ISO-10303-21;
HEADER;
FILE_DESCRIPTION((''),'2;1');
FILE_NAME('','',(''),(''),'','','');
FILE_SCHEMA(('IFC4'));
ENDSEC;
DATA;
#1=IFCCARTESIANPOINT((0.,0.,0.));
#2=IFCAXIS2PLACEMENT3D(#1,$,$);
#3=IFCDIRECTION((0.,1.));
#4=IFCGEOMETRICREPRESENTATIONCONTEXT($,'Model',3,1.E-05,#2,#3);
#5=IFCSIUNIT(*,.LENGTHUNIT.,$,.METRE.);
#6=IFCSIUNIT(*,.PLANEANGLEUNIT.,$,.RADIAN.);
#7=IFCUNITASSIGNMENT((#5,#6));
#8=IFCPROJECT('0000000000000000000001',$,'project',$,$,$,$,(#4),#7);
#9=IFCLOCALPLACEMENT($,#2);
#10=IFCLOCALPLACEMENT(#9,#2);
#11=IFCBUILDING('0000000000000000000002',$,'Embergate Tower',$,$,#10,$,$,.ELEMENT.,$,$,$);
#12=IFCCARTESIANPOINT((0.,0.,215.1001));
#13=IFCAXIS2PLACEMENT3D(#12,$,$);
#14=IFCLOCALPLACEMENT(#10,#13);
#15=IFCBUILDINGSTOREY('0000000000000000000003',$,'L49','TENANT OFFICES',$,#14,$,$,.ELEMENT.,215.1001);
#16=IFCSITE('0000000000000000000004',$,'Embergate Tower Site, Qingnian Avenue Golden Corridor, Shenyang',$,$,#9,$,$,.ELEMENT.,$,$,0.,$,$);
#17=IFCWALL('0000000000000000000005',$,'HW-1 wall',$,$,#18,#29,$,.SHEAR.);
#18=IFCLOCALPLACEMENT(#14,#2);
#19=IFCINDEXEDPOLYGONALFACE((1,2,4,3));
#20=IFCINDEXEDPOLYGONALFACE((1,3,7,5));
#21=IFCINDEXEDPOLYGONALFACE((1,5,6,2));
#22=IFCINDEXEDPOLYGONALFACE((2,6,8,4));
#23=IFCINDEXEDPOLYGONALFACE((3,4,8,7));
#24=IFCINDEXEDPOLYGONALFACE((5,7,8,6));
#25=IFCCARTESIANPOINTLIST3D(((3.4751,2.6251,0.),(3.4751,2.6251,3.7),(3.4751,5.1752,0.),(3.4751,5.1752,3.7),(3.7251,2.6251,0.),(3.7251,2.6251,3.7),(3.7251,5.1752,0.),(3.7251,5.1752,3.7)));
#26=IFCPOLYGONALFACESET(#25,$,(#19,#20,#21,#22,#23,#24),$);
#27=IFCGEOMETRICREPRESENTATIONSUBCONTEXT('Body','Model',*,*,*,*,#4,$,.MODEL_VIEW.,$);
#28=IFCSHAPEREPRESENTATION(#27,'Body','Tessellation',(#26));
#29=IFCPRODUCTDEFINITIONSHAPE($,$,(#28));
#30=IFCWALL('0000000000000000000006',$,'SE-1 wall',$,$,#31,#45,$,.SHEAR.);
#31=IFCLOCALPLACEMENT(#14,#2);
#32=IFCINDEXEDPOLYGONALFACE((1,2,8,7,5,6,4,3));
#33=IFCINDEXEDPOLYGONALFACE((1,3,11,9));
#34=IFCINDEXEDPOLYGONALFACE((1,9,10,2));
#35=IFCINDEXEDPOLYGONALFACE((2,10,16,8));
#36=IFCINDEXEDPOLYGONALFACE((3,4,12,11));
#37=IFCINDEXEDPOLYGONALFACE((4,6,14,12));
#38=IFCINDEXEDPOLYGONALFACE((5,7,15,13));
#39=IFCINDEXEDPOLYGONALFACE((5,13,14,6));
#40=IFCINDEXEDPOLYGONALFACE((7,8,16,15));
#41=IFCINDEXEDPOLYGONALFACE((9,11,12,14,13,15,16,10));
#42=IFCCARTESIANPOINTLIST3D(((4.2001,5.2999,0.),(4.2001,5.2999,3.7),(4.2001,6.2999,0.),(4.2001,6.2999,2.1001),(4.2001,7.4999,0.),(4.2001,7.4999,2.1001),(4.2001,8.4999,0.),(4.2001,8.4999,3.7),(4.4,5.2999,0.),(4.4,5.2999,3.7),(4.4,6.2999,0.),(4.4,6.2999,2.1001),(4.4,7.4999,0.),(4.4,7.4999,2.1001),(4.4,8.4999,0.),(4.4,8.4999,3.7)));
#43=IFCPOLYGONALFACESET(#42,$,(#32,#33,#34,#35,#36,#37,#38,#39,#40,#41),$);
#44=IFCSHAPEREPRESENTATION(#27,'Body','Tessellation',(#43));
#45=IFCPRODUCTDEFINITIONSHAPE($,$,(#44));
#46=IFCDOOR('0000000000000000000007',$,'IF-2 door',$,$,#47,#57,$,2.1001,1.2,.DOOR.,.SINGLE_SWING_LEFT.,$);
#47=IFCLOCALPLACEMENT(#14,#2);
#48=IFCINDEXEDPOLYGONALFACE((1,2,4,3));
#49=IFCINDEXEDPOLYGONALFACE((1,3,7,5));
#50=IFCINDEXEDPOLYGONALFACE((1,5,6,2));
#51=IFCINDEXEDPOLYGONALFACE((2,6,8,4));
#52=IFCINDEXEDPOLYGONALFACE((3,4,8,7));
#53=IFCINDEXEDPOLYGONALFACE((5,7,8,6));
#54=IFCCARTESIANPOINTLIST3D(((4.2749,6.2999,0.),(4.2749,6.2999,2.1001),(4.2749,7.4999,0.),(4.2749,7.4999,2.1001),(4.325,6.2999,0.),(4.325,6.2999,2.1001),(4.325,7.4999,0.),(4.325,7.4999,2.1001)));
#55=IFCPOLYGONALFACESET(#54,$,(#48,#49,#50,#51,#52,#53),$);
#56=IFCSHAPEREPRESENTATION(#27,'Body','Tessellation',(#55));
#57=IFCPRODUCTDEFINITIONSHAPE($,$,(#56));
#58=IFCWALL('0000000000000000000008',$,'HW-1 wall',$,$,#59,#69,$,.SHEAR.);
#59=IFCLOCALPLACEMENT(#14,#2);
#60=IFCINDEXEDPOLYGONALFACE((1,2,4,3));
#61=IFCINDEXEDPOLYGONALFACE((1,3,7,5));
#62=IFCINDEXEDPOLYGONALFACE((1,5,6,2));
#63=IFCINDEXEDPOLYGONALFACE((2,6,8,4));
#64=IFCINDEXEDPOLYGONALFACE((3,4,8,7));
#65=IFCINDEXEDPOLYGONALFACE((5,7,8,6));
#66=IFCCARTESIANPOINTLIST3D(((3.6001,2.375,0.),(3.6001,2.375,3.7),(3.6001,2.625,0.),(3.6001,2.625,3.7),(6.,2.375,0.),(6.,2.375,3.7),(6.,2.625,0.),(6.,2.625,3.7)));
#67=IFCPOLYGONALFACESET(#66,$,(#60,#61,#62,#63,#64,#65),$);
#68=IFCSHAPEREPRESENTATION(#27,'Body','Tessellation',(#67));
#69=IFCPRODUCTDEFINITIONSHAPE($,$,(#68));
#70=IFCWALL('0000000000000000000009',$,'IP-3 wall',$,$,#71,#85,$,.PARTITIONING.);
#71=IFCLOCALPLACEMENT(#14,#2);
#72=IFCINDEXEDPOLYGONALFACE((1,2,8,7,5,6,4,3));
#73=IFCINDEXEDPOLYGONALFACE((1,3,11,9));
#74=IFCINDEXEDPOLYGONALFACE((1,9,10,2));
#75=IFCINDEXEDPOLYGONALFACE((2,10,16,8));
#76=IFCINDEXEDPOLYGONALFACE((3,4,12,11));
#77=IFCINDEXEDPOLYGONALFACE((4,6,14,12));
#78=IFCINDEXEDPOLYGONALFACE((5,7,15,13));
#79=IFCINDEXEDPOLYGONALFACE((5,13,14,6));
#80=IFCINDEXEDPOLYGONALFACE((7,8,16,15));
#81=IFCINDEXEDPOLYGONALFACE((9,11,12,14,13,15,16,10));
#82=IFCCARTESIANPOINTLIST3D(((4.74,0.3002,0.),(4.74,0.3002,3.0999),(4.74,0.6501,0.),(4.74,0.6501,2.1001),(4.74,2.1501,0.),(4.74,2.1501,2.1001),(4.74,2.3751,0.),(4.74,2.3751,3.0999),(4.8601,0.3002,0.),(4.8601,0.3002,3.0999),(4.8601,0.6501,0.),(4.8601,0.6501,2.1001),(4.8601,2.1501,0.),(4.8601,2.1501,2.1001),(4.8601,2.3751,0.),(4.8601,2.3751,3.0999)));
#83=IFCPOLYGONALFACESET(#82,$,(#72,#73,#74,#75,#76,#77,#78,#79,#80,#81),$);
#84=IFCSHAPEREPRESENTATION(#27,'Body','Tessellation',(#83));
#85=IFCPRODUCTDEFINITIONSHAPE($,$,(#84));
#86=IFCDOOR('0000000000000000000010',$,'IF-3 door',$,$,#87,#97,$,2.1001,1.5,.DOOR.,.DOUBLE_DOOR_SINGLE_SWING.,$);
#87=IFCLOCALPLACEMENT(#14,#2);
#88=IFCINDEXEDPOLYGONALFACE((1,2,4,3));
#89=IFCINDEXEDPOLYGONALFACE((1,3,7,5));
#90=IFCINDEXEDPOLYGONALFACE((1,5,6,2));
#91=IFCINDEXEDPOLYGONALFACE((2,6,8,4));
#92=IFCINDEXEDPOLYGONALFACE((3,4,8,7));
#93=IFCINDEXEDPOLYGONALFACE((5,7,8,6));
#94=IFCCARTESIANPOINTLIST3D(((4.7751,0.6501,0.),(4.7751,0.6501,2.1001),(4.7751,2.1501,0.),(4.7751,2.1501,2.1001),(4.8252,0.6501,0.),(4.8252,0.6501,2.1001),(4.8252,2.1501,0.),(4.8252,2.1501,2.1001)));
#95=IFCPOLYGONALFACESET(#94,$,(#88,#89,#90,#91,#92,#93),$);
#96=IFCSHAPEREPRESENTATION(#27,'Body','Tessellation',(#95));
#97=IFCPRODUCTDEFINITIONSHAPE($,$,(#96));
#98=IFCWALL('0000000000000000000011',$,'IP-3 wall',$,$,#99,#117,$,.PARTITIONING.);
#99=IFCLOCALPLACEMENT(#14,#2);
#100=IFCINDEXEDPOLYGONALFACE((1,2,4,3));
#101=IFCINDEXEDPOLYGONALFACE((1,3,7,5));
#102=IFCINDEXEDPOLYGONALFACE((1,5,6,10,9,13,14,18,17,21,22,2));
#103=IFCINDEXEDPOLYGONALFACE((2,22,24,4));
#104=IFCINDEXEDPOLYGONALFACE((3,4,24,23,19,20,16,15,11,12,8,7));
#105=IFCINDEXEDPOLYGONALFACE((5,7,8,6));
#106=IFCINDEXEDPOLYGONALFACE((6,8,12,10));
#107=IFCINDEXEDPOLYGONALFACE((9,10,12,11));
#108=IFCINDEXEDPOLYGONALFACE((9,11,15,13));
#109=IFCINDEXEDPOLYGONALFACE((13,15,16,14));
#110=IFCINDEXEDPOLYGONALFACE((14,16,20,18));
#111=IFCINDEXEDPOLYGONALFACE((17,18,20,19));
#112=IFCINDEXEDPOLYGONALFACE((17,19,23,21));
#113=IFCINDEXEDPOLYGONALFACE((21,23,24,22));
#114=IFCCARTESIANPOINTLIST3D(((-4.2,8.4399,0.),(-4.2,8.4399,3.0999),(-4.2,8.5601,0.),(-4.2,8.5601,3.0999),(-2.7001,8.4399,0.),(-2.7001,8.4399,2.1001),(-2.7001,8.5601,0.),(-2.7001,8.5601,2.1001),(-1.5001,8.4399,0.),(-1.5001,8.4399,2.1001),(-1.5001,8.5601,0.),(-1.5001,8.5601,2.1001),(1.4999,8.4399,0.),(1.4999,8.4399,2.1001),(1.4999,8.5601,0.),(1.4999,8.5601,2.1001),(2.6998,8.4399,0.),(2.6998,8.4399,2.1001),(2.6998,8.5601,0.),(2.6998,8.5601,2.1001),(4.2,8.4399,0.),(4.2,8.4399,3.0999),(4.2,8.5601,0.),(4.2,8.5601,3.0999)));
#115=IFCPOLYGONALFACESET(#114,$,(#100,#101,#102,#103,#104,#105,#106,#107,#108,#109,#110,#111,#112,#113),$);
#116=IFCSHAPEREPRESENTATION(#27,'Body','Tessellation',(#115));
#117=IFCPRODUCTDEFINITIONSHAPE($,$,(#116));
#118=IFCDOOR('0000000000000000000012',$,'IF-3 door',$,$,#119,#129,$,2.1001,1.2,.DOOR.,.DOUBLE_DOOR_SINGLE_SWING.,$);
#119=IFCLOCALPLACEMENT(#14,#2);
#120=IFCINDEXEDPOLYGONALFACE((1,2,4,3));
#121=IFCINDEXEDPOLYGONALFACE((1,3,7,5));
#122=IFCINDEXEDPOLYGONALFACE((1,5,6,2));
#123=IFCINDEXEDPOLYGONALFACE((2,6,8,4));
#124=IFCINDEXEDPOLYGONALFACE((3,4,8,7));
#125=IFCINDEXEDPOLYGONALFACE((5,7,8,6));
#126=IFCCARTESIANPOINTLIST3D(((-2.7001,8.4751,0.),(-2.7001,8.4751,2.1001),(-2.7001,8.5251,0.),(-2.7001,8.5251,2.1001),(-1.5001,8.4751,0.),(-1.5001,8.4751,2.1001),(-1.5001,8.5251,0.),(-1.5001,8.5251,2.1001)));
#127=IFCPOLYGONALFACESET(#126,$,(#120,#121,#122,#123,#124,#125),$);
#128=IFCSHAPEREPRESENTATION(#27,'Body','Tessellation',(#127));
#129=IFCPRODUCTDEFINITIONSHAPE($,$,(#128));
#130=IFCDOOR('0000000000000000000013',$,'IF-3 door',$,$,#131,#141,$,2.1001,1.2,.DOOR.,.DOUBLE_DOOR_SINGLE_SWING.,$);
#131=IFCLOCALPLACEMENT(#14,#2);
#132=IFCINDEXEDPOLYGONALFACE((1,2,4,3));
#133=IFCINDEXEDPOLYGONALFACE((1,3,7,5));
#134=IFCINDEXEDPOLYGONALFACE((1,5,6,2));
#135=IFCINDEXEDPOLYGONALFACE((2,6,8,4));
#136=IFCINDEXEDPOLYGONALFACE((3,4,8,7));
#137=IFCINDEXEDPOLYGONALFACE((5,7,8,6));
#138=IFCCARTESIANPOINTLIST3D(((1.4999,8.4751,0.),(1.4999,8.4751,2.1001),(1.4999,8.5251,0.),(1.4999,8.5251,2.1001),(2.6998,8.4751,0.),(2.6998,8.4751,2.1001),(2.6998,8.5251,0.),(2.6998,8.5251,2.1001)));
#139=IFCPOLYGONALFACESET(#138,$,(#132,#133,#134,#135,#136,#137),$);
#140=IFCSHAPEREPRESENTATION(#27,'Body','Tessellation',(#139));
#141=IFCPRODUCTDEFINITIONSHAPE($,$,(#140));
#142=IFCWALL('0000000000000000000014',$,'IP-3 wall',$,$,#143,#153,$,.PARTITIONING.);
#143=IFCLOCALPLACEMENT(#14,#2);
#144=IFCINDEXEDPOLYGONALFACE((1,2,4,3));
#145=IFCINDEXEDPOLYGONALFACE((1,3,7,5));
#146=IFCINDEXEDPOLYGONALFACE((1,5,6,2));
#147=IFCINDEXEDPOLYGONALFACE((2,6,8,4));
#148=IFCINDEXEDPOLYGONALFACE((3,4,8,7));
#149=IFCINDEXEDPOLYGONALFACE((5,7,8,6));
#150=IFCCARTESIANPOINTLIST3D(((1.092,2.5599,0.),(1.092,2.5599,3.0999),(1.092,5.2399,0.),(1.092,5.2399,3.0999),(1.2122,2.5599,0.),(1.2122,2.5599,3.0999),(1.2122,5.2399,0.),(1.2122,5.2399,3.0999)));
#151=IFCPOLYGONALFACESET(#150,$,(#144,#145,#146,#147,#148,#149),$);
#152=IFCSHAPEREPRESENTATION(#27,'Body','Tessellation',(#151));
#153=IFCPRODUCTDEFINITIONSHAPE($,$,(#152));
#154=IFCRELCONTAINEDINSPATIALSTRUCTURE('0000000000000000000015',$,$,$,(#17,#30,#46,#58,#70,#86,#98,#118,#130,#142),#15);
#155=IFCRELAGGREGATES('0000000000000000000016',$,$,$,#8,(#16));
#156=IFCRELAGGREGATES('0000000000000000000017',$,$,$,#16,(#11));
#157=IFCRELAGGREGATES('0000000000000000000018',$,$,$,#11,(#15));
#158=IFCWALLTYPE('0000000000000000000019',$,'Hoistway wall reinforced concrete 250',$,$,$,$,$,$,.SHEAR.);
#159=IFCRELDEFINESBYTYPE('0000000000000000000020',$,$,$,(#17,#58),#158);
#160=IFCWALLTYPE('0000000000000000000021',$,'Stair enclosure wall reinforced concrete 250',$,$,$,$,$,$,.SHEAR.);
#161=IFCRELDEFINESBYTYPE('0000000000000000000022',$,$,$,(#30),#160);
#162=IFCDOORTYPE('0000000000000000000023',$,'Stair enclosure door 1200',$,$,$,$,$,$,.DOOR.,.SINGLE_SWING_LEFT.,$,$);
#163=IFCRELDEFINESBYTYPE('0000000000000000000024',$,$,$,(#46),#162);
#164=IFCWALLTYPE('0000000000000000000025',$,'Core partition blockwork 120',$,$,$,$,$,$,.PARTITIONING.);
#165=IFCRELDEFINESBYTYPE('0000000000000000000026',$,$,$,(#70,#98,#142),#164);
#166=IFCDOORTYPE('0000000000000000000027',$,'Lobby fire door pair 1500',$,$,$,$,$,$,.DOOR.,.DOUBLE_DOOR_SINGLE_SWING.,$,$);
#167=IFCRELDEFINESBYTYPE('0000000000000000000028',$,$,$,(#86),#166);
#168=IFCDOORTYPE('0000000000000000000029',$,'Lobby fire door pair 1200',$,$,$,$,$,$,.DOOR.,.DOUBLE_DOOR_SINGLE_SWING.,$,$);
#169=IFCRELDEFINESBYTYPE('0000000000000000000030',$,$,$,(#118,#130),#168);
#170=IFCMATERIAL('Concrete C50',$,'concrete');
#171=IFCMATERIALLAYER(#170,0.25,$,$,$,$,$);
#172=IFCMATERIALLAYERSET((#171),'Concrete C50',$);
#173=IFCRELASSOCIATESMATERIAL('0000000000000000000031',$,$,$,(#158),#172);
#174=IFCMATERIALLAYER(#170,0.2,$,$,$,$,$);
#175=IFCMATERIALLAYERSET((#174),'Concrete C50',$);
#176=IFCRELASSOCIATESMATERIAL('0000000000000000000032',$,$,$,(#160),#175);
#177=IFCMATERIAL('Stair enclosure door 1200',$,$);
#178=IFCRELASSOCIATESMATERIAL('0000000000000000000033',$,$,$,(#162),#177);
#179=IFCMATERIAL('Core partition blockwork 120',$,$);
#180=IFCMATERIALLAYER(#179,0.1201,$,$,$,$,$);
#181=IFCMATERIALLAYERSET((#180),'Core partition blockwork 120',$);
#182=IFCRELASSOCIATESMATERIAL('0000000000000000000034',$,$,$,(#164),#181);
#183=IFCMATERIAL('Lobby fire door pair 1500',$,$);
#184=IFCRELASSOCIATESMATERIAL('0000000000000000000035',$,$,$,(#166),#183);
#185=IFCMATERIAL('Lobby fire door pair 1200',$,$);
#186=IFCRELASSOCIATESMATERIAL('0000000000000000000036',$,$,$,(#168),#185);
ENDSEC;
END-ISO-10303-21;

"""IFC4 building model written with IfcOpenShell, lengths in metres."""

from ifc_helpers import new_model, si_unit, direction, frame, frame_2d, origin, place, context, subcontext, project, spatial, rectangle, extrude, source, transform, mapped, material, layer, layer_set, type_object, element, fill, save


model = new_model("IFC4")

# Units and contexts
model_context = context("Model", 3, precision=1e-05, world=origin(), true_north=direction((0.0, 1.0)))
body_context = subcontext(model_context, "Body", "Model", "MODEL_VIEW")
ifc_project = project(units=[si_unit("LENGTHUNIT", "METRE"), si_unit("PLANEANGLEUNIT", "RADIAN")], contexts=[model_context])

# Site, building, storey
site_placement = place(None, origin())
site = spatial("IfcSite", under=ifc_project, at=site_placement, Name="Embergate Tower Site, Qingnian Avenue Golden Corridor, Shenyang", CompositionType="ELEMENT", RefElevation=0.0)
building_placement = place(site_placement, origin())
building = spatial("IfcBuilding", under=site, at=building_placement, Name="Embergate Tower", CompositionType="ELEMENT")
storey_placement = place(building_placement, frame((0.0, 0.0, 215.1001)))
storey = spatial("IfcBuildingStorey", under=building, at=storey_placement, Name="L49", Description="TENANT OFFICES", CompositionType="ELEMENT", Elevation=215.1001)

# Wall
ifc_material_1 = material(Name="Concrete C50", Category="concrete")
ifc_layer_1 = layer(ifc_material_1, 0.25)
ifc_layer_set_1 = layer_set([ifc_layer_1], Name="Concrete C50")
wall_type_1 = type_object("IfcWallType", Name="Hoistway wall reinforced concrete 250", PredefinedType="SHEAR", material=ifc_layer_set_1)
shared_shape_1 = source(origin(), body_context, "Body", "SweptSolid", [
    extrude(rectangle(XDim=2.55, YDim=0.25, at=frame_2d((1.2749, 0.0))), origin(), (0.0, 0.0, 1.0), 3.7),
])
wall_1_placement = place(storey_placement, frame((3.6001, 5.175, 0.0), z_axis=(0.0, 0.0, 1.0), x_axis=(0.0, -1.0, 0.0)))
element("IfcWall", 1, at=wall_1_placement, inside=storey, type_object=wall_type_1, Name="HW-1 wall", PredefinedType="SHEAR", context=body_context, shape_type="MappedRepresentation", body=[
    mapped(shared_shape_1, transform((0.0, 0.0, 0.0))),
])

# Wall, opening, door
ifc_layer_2 = layer(ifc_material_1, 0.2)
ifc_layer_set_2 = layer_set([ifc_layer_2], Name="Concrete C50")
wall_type_2 = type_object("IfcWallType", Name="Stair enclosure wall reinforced concrete 250", PredefinedType="SHEAR", material=ifc_layer_set_2)
shared_shape_2 = source(origin(), body_context, "Body", "SweptSolid", [
    extrude(rectangle(XDim=3.2, YDim=0.2, at=frame_2d((1.6001, 0.0))), origin(), (0.0, 0.0, 1.0), 3.7),
])
wall_2_placement = place(storey_placement, frame((4.3, 8.5, 0.0), z_axis=(0.0, 0.0, 1.0), x_axis=(0.0, -1.0, 0.0)))
wall_2 = element("IfcWall", 2, at=wall_2_placement, inside=storey, type_object=wall_type_2, Name="SE-1 wall", PredefinedType="SHEAR", context=body_context, shape_type="MappedRepresentation", body=[
    mapped(shared_shape_2, transform((0.0, 0.0, 0.0))),
])
shared_shape_3 = source(origin(), body_context, "Body", "SweptSolid", [
    extrude(rectangle(XDim=1.2, YDim=2.1001, at=frame_2d((0.6001, 1.05))), frame((0.0, 0.1099, 0.0), z_axis=(0.0, -1.0, 0.0), x_axis=(1.0, 0.0, 0.0)), (0.0, 0.0, 1.0), 0.22),
])
opening_1_placement = place(wall_2_placement, frame((1.0, 0.0, 0.0)))
opening_1 = element("IfcOpeningElement", 3, at=opening_1_placement, cuts=wall_2, PredefinedType="OPENING", context=body_context, shape_type="MappedRepresentation", body=[
    mapped(shared_shape_3, transform((0.0, 0.0, 0.0))),
])
ifc_material_2 = material(Name="Stair enclosure door 1200")
door_type_1 = type_object("IfcDoorType", Name="Stair enclosure door 1200", OperationType="SINGLE_SWING_LEFT", PredefinedType="DOOR", material=ifc_material_2)
shared_shape_4 = source(origin(), body_context, "Body", "SweptSolid", [
    extrude(rectangle(XDim=1.2, YDim=2.1001, at=frame_2d((0.6001, 1.05))), frame((0.0, 0.0249, 0.0), z_axis=(0.0, -1.0, 0.0), x_axis=(1.0, 0.0, 0.0)), (0.0, 0.0, 1.0), 0.05),
])
door_1_placement = place(opening_1_placement, origin())
door_1 = element("IfcDoor", 4, at=door_1_placement, inside=storey, type_object=door_type_1, Name="IF-2 door", OperationType="SINGLE_SWING_LEFT", OverallHeight=2.1001, OverallWidth=1.2, PredefinedType="DOOR", context=body_context, shape_type="MappedRepresentation", body=[
    mapped(shared_shape_4, transform((0.0, 0.0, 0.0))),
])
fill(opening_1, door_1)

# Wall
shared_shape_5 = source(origin(), body_context, "Body", "SweptSolid", [
    extrude(rectangle(XDim=2.3999, YDim=0.25, at=frame_2d((1.2, 0.0))), origin(), (0.0, 0.0, 1.0), 3.7),
])
wall_3_placement = place(storey_placement, frame((3.6001, 2.5, 0.0), z_axis=(0.0, 0.0, 1.0), x_axis=(1.0, 0.0, 0.0)))
element("IfcWall", 5, at=wall_3_placement, inside=storey, type_object=wall_type_1, Name="HW-1 wall", PredefinedType="SHEAR", context=body_context, shape_type="MappedRepresentation", body=[
    mapped(shared_shape_5, transform((0.0, 0.0, 0.0))),
])

# Wall, opening, door
ifc_material_3 = material(Name="Core partition blockwork 120")
ifc_layer_3 = layer(ifc_material_3, 0.1201)
ifc_layer_set_3 = layer_set([ifc_layer_3], Name="Core partition blockwork 120")
wall_type_3 = type_object("IfcWallType", Name="Core partition blockwork 120", PredefinedType="PARTITIONING", material=ifc_layer_set_3)
shared_shape_6 = source(origin(), body_context, "Body", "SweptSolid", [
    extrude(rectangle(XDim=2.075, YDim=0.1201, at=frame_2d((1.0376, 0.0))), origin(), (0.0, 0.0, 1.0), 3.0999),
])
wall_4_placement = place(storey_placement, frame((4.8, 0.3, 0.0), z_axis=(0.0, 0.0, 1.0), x_axis=(0.0, 1.0, 0.0)))
wall_4 = element("IfcWall", 6, at=wall_4_placement, inside=storey, type_object=wall_type_3, Name="IP-3 wall", PredefinedType="PARTITIONING", context=body_context, shape_type="MappedRepresentation", body=[
    mapped(shared_shape_6, transform((0.0, 0.0, 0.0))),
])
shared_shape_7 = source(origin(), body_context, "Body", "SweptSolid", [
    extrude(rectangle(XDim=1.5, YDim=2.1001, at=frame_2d((0.75, 1.05))), frame((0.0, 0.0701, 0.0), z_axis=(0.0, -1.0, 0.0), x_axis=(1.0, 0.0, 0.0)), (0.0, 0.0, 1.0), 0.1401),
])
opening_2_placement = place(wall_4_placement, frame((0.3501, 0.0, 0.0)))
opening_2 = element("IfcOpeningElement", 7, at=opening_2_placement, cuts=wall_4, PredefinedType="OPENING", context=body_context, shape_type="MappedRepresentation", body=[
    mapped(shared_shape_7, transform((0.0, 0.0, 0.0))),
])
ifc_material_4 = material(Name="Lobby fire door pair 1500")
door_type_2 = type_object("IfcDoorType", Name="Lobby fire door pair 1500", OperationType="DOUBLE_DOOR_SINGLE_SWING", PredefinedType="DOOR", material=ifc_material_4)
shared_shape_8 = source(origin(), body_context, "Body", "SweptSolid", [
    extrude(rectangle(XDim=1.5, YDim=2.1001, at=frame_2d((0.75, 1.05))), frame((0.0, 0.0249, 0.0), z_axis=(0.0, -1.0, 0.0), x_axis=(1.0, 0.0, 0.0)), (0.0, 0.0, 1.0), 0.05),
])
door_2_placement = place(opening_2_placement, origin())
door_2 = element("IfcDoor", 8, at=door_2_placement, inside=storey, type_object=door_type_2, Name="IF-3 door", OperationType="DOUBLE_DOOR_SINGLE_SWING", OverallHeight=2.1001, OverallWidth=1.5, PredefinedType="DOOR", context=body_context, shape_type="MappedRepresentation", body=[
    mapped(shared_shape_8, transform((0.0, 0.0, 0.0))),
])
fill(opening_2, door_2)

# Wall, openings, doors
shared_shape_9 = source(origin(), body_context, "Body", "SweptSolid", [
    extrude(rectangle(XDim=8.3999, YDim=0.1201, at=frame_2d((4.2, 0.0))), origin(), (0.0, 0.0, 1.0), 3.0999),
])
wall_5_placement = place(storey_placement, frame((4.2, 8.5, 0.0), z_axis=(0.0, 0.0, 1.0), x_axis=(-1.0, 0.0, 0.0)))
wall_5 = element("IfcWall", 9, at=wall_5_placement, inside=storey, type_object=wall_type_3, Name="IP-3 wall", PredefinedType="PARTITIONING", context=body_context, shape_type="MappedRepresentation", body=[
    mapped(shared_shape_9, transform((0.0, 0.0, 0.0))),
])
shared_shape_10 = source(origin(), body_context, "Body", "SweptSolid", [
    extrude(rectangle(XDim=1.2, YDim=2.1001, at=frame_2d((0.6001, 1.05))), frame((0.0, 0.0701, 0.0), z_axis=(0.0, -1.0, 0.0), x_axis=(1.0, 0.0, 0.0)), (0.0, 0.0, 1.0), 0.1401),
])
opening_3_placement = place(wall_5_placement, frame((5.7, 0.0, 0.0)))
opening_3 = element("IfcOpeningElement", 10, at=opening_3_placement, cuts=wall_5, PredefinedType="OPENING", context=body_context, shape_type="MappedRepresentation", body=[
    mapped(shared_shape_10, transform((0.0, 0.0, 0.0))),
])
opening_4_placement = place(wall_5_placement, frame((1.5, 0.0, 0.0)))
opening_4 = element("IfcOpeningElement", 11, at=opening_4_placement, cuts=wall_5, PredefinedType="OPENING", context=body_context, shape_type="MappedRepresentation", body=[
    mapped(shared_shape_10, transform((0.0, 0.0, 0.0))),
])
ifc_material_5 = material(Name="Lobby fire door pair 1200")
door_type_3 = type_object("IfcDoorType", Name="Lobby fire door pair 1200", OperationType="DOUBLE_DOOR_SINGLE_SWING", PredefinedType="DOOR", material=ifc_material_5)
door_3_placement = place(opening_3_placement, origin())
door_3 = element("IfcDoor", 12, at=door_3_placement, inside=storey, type_object=door_type_3, Name="IF-3 door", OperationType="DOUBLE_DOOR_SINGLE_SWING", OverallHeight=2.1001, OverallWidth=1.2, PredefinedType="DOOR", context=body_context, shape_type="MappedRepresentation", body=[
    mapped(shared_shape_4, transform((0.0, 0.0, 0.0))),
])
fill(opening_3, door_3)
door_4_placement = place(opening_4_placement, origin())
door_4 = element("IfcDoor", 13, at=door_4_placement, inside=storey, type_object=door_type_3, Name="IF-3 door", OperationType="DOUBLE_DOOR_SINGLE_SWING", OverallHeight=2.1001, OverallWidth=1.2, PredefinedType="DOOR", context=body_context, shape_type="MappedRepresentation", body=[
    mapped(shared_shape_4, transform((0.0, 0.0, 0.0))),
])
fill(opening_4, door_4)

# Wall
shared_shape_11 = source(origin(), body_context, "Body", "SweptSolid", [
    extrude(rectangle(XDim=2.6799, YDim=0.1201, at=frame_2d((1.3398, 0.0))), origin(), (0.0, 0.0, 1.0), 3.0999),
])
wall_6_placement = place(storey_placement, frame((1.1521, 2.5601, 0.0), z_axis=(0.0, 0.0, 1.0), x_axis=(0.0, 1.0, 0.0)))
element("IfcWall", 14, at=wall_6_placement, inside=storey, type_object=wall_type_3, Name="IP-3 wall", PredefinedType="PARTITIONING", context=body_context, shape_type="MappedRepresentation", body=[
    mapped(shared_shape_11, transform((0.0, 0.0, 0.0))),
])

save(model, "model.ifc")
